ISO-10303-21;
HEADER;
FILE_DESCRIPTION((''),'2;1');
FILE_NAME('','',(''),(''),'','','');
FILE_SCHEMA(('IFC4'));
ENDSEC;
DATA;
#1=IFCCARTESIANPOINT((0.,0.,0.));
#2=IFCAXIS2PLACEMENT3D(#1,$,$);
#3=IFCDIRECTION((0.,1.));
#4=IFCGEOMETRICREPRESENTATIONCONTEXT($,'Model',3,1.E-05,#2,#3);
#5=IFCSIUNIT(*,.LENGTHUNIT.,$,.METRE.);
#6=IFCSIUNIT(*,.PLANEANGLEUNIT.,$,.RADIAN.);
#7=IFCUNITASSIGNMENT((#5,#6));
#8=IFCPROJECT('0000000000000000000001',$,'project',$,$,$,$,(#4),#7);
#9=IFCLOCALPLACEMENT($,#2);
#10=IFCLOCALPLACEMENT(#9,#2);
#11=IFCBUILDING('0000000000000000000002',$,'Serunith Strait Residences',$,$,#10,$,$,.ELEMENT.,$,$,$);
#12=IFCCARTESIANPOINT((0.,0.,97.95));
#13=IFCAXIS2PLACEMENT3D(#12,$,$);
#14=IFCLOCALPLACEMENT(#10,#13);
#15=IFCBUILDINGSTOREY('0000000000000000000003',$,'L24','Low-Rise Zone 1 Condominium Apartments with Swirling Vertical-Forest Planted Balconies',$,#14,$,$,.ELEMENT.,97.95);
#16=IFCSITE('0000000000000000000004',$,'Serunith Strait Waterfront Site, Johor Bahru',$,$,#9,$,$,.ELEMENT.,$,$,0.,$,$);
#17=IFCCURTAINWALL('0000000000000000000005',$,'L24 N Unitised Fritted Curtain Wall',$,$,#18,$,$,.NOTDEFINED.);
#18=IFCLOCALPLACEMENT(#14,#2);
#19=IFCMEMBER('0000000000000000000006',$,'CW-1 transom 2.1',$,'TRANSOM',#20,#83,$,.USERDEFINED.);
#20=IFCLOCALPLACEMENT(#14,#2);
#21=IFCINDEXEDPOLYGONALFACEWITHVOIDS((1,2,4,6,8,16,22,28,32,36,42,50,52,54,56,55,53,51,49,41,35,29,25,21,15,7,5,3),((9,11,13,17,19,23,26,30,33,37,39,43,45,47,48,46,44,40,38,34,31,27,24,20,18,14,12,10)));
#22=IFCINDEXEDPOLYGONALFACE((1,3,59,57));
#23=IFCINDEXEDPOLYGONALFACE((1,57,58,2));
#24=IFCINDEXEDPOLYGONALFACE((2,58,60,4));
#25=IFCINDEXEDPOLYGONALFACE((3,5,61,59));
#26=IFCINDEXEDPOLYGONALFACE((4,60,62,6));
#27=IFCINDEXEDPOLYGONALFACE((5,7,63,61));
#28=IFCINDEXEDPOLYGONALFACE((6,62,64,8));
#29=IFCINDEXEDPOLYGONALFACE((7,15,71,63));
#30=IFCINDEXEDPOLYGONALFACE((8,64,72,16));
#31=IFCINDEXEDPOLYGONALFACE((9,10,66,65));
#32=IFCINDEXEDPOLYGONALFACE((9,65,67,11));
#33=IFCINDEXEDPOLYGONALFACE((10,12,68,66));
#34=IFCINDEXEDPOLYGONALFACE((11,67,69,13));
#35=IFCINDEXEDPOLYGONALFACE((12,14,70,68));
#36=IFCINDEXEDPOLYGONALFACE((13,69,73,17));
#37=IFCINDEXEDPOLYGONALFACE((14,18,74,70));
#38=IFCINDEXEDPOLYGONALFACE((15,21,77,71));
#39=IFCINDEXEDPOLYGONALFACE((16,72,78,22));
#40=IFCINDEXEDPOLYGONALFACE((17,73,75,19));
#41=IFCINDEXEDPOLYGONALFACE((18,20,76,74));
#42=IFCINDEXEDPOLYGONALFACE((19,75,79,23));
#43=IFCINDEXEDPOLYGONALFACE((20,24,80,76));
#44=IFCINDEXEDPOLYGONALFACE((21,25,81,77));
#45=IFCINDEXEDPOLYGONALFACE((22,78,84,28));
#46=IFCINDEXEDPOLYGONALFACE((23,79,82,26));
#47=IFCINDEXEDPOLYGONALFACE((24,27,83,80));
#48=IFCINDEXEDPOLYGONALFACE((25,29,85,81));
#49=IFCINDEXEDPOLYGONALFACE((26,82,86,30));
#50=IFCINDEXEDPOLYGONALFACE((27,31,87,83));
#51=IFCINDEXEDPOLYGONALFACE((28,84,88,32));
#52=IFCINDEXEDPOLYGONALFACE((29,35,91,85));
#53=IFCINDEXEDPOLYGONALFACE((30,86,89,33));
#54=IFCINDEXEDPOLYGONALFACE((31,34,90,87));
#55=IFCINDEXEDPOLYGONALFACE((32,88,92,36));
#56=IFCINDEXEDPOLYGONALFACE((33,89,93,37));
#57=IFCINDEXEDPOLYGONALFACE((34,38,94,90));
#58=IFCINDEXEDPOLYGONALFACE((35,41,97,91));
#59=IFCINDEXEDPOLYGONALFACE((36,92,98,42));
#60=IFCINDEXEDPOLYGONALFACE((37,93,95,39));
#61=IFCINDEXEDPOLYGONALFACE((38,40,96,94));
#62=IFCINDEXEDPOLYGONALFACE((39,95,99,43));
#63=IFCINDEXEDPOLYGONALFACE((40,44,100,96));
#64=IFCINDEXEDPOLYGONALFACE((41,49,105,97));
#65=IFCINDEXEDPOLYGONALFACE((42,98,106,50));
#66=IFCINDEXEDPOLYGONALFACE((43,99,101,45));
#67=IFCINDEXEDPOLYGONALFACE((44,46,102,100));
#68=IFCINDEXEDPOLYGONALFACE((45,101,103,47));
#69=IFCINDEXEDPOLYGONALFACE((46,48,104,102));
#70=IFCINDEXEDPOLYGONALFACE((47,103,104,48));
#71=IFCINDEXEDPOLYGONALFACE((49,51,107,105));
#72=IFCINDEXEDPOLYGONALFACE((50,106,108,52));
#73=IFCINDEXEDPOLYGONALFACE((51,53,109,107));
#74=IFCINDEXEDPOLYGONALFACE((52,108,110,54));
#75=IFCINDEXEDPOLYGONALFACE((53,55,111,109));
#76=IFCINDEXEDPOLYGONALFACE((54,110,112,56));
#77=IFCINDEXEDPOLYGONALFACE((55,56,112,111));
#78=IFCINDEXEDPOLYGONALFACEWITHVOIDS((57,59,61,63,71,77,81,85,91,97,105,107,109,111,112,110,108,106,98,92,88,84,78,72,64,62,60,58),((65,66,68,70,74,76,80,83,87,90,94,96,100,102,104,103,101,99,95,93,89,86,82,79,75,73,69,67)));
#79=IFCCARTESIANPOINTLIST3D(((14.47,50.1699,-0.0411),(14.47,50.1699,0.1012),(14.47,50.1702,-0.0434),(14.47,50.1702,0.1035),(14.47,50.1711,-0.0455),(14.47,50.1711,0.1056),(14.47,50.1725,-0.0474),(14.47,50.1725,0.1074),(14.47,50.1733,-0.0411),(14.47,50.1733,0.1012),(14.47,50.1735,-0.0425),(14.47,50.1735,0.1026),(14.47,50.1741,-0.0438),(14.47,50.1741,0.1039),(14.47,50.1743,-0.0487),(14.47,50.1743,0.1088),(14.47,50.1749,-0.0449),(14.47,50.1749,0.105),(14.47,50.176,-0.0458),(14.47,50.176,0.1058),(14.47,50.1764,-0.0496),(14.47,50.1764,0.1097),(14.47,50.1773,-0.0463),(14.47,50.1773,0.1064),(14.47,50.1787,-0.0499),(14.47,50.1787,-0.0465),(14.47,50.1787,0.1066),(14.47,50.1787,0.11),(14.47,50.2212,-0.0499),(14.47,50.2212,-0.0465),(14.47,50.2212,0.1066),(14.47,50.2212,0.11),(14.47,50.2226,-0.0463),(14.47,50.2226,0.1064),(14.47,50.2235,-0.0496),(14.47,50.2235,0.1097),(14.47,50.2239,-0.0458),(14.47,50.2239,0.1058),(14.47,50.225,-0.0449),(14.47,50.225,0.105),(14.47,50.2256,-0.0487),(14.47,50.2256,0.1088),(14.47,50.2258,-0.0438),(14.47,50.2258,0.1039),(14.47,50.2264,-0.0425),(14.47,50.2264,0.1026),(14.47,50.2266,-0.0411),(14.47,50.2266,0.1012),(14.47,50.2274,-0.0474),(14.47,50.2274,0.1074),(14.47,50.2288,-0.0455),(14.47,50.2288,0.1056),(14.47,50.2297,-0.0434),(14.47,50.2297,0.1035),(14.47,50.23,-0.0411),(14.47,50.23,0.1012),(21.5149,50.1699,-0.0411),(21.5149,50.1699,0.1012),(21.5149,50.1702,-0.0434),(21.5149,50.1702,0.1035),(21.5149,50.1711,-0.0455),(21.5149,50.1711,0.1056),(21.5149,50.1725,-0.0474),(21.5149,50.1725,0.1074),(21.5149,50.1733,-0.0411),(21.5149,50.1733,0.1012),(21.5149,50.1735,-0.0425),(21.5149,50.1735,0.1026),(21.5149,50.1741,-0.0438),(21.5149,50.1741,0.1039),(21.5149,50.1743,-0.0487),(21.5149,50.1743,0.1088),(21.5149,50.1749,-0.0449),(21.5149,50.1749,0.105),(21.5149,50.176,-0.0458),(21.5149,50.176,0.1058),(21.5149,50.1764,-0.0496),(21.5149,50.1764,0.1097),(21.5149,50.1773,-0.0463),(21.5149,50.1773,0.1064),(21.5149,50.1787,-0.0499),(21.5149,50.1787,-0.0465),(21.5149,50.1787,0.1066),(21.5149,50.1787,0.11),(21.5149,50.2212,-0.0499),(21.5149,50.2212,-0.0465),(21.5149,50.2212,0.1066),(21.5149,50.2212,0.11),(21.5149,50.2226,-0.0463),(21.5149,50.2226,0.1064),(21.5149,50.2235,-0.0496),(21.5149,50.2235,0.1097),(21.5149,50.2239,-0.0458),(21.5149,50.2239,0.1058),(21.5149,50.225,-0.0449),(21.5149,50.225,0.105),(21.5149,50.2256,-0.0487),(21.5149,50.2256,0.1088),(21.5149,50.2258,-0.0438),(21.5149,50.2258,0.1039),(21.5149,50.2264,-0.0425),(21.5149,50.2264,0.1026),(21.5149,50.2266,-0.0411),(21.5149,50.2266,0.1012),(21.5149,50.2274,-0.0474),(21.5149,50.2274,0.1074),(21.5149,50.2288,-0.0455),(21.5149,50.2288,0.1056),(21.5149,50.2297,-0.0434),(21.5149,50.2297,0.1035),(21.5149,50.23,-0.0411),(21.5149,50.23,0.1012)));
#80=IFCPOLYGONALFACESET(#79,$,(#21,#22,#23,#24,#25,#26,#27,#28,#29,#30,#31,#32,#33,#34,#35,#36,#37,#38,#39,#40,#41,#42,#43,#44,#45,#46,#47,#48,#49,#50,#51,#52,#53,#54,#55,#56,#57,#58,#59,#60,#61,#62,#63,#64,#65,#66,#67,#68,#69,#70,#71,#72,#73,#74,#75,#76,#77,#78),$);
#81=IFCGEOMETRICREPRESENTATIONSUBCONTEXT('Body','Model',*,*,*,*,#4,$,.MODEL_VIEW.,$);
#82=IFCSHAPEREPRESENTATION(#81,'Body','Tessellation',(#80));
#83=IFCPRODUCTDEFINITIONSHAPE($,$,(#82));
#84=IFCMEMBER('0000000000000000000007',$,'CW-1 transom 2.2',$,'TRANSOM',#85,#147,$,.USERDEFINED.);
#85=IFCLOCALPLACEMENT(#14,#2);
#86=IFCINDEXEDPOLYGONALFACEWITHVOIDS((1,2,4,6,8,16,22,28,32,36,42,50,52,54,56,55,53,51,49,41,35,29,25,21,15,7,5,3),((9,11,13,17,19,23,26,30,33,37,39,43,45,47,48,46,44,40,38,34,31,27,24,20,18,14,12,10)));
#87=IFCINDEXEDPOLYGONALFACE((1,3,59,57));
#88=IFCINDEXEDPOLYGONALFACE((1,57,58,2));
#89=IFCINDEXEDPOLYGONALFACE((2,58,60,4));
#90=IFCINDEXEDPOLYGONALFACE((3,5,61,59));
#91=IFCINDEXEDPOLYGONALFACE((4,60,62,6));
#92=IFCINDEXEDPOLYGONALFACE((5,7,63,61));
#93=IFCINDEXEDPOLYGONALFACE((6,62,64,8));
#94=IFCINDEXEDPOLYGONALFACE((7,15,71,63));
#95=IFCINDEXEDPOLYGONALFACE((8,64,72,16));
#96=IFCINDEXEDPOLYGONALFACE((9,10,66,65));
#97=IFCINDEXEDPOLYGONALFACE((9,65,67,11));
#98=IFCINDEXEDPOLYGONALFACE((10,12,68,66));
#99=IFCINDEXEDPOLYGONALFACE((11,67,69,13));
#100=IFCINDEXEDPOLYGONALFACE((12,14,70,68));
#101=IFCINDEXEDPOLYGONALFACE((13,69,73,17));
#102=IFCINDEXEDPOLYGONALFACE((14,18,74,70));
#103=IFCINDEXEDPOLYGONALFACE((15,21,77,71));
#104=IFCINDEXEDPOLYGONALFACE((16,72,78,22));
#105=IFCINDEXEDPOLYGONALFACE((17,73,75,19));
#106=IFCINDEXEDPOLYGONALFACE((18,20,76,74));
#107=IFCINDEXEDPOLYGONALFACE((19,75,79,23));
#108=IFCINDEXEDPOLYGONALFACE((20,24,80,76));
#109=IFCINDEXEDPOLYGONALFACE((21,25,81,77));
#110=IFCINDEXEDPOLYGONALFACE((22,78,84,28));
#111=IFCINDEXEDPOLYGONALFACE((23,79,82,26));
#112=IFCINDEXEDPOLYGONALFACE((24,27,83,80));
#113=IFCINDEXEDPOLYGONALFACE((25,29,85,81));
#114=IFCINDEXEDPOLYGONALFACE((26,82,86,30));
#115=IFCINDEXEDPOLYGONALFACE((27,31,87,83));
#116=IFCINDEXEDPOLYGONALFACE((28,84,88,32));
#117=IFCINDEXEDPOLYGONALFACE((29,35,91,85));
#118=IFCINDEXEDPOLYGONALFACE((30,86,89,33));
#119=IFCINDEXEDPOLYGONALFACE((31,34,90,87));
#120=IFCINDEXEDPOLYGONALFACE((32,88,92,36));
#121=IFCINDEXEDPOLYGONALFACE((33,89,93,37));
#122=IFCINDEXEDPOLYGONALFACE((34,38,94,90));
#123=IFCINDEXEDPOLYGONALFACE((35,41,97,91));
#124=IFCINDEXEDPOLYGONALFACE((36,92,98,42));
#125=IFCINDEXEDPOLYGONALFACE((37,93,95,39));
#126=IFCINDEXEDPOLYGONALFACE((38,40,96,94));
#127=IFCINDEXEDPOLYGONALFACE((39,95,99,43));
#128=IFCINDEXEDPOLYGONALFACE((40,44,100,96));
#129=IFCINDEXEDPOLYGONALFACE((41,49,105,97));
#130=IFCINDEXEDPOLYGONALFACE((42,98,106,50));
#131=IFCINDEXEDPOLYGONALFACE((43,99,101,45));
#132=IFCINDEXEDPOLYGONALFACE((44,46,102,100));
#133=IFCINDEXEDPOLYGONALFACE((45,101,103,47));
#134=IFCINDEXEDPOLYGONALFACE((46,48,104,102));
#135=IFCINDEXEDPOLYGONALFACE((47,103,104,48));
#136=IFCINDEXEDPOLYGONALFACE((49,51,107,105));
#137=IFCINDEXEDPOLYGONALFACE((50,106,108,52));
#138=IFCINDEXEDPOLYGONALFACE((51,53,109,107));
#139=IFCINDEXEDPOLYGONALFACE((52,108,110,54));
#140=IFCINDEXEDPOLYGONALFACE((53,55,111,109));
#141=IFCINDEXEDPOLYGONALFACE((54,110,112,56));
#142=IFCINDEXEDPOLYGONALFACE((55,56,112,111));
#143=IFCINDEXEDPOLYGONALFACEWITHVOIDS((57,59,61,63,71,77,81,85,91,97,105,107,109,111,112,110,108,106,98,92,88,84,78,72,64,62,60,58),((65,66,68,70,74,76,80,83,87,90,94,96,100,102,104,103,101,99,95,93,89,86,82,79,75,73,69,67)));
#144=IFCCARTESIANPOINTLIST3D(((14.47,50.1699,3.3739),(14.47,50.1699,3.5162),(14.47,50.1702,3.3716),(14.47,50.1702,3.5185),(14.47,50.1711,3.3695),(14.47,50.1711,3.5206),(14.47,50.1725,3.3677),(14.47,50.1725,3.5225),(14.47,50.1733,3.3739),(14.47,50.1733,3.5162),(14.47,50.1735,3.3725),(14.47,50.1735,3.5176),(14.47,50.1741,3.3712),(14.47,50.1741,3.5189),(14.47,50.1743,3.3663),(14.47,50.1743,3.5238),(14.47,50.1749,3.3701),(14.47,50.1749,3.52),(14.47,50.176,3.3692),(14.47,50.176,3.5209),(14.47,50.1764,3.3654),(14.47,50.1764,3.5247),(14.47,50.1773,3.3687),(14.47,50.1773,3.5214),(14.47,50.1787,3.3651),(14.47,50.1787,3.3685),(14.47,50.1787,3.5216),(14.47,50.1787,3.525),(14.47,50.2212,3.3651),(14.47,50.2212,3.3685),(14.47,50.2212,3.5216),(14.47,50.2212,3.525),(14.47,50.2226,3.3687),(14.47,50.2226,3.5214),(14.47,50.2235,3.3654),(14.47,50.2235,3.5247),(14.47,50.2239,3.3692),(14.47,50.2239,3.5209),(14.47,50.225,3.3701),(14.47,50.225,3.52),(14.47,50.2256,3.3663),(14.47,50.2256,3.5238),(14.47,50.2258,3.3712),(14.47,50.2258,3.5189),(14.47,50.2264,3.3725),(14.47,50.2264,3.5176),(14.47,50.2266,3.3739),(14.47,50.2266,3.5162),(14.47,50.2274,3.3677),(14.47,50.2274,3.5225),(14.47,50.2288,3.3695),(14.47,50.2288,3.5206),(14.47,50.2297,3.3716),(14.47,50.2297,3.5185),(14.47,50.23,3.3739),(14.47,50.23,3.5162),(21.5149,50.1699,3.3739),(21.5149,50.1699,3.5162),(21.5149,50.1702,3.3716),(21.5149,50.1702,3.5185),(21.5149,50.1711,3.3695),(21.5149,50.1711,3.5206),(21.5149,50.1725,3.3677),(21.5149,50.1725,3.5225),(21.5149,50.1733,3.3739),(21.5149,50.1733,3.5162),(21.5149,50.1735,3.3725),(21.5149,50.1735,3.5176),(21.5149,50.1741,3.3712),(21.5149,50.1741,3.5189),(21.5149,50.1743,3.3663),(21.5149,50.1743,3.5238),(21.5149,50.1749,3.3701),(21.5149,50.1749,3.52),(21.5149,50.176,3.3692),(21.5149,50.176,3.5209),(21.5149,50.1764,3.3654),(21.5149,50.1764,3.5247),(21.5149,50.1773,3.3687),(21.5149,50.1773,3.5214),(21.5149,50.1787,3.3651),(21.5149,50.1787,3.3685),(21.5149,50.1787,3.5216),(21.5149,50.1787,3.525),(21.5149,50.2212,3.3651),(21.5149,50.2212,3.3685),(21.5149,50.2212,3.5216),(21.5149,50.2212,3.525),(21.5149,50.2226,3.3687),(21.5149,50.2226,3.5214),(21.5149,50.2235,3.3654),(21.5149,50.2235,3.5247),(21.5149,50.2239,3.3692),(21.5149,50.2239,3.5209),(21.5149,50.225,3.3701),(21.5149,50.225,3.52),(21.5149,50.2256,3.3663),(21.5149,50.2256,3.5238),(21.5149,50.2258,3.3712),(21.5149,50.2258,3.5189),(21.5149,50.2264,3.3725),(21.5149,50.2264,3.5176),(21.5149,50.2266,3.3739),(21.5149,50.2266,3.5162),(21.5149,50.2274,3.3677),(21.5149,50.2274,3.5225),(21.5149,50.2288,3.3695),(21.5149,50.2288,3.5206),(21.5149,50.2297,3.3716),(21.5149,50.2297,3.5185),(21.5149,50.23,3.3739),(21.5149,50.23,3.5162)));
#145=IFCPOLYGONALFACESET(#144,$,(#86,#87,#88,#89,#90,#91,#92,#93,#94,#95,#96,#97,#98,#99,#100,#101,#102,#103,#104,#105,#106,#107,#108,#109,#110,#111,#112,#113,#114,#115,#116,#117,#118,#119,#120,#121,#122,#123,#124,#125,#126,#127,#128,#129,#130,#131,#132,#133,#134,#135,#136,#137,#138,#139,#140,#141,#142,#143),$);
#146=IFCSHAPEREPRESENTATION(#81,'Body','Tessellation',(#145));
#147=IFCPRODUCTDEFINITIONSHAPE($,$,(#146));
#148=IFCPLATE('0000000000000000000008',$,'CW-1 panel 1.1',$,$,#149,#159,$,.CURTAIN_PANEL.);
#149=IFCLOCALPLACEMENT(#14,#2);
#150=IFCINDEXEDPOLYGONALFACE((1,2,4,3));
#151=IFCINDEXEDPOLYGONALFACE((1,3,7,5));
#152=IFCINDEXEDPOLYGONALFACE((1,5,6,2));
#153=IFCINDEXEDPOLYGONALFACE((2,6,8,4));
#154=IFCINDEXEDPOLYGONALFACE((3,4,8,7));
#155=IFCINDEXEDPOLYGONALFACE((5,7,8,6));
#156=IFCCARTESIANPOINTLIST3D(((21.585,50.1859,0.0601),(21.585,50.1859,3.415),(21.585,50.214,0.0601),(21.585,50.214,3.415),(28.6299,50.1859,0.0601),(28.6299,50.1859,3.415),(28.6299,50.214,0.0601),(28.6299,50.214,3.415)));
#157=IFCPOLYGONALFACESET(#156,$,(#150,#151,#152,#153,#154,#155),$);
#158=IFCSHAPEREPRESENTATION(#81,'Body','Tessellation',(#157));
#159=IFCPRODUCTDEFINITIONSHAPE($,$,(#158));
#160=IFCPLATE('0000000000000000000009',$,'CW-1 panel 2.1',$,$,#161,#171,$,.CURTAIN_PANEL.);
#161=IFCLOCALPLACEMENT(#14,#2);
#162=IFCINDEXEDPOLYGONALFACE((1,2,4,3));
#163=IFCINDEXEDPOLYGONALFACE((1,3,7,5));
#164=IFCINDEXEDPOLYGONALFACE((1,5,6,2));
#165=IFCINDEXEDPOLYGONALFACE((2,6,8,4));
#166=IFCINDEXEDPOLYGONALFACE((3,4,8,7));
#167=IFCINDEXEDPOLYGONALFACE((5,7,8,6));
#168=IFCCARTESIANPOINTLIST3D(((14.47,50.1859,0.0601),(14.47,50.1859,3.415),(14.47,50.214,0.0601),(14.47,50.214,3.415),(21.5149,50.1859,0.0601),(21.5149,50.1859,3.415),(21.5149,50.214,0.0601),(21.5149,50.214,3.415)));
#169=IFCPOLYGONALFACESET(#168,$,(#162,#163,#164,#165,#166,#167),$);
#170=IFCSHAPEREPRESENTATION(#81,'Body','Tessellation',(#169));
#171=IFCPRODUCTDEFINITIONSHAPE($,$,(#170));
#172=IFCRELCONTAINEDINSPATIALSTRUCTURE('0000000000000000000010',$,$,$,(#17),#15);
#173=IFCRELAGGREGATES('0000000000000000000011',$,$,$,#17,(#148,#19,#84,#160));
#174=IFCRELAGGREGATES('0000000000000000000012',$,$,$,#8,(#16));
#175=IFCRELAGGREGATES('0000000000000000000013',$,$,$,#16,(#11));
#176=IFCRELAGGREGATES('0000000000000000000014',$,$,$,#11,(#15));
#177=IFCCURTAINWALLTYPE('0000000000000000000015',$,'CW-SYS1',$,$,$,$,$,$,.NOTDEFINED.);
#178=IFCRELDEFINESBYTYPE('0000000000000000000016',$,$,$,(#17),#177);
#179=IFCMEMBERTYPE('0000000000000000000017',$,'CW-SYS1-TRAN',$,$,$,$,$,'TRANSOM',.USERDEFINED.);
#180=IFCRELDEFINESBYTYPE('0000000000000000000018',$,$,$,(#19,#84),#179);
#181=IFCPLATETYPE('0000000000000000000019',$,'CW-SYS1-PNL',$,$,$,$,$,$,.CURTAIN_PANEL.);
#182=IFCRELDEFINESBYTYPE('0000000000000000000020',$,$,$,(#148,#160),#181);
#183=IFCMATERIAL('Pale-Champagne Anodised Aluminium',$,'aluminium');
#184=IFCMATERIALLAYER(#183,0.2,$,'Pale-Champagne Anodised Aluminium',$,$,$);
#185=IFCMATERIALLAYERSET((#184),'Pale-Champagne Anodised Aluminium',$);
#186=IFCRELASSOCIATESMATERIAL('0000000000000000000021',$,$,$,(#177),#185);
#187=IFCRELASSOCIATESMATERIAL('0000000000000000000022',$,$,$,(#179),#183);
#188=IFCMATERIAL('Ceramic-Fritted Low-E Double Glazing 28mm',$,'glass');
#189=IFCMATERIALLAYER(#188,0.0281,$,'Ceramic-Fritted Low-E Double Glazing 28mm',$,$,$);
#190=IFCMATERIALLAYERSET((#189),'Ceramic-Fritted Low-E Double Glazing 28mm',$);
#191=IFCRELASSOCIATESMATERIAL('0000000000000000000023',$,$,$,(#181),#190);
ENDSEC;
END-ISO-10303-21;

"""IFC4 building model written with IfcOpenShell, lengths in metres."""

from ifc_helpers import new_model, si_unit, direction, frame, origin, origin_2d, place, context, subcontext, project, spatial, rectangle, hollow_rectangle, extrude, source, transform, mapped, material, layer, layer_set, material_profile, profile_set, type_object, element, aggregate, save


model = new_model("IFC4")

# Units and contexts
model_context = context("Model", 3, precision=1e-05, world=origin(), true_north=direction((0.0, 1.0)))
body_context = subcontext(model_context, "Body", "Model", "MODEL_VIEW")
ifc_project = project(units=[si_unit("LENGTHUNIT", "METRE"), si_unit("PLANEANGLEUNIT", "RADIAN")], contexts=[model_context])

# Site, building, storey
site_placement = place(None, origin())
site = spatial("IfcSite", under=ifc_project, at=site_placement, Name="Serunith Strait Waterfront Site, Johor Bahru", CompositionType="ELEMENT", RefElevation=0.0)
building_placement = place(site_placement, origin())
building = spatial("IfcBuilding", under=site, at=building_placement, Name="Serunith Strait Residences", CompositionType="ELEMENT")
storey_placement = place(building_placement, frame((0.0, 0.0, 97.95)))
storey = spatial("IfcBuildingStorey", under=building, at=storey_placement, Name="L24", Description="Low-Rise Zone 1 Condominium Apartments with Swirling Vertical-Forest Planted Balconies", CompositionType="ELEMENT", Elevation=97.95)

# Curtain wall, members, plates
ifc_material_1 = material(Name="Pale-Champagne Anodised Aluminium", Category="aluminium")
ifc_layer_1 = layer(ifc_material_1, 0.2, Name="Pale-Champagne Anodised Aluminium")
ifc_layer_set_1 = layer_set([ifc_layer_1], Name="Pale-Champagne Anodised Aluminium")
curtain_wall_type = type_object("IfcCurtainWallType", Name="CW-SYS1", PredefinedType="NOTDEFINED", material=ifc_layer_set_1)
curtain_wall_placement = place(storey_placement, origin())
curtain_wall = element("IfcCurtainWall", 1, at=curtain_wall_placement, inside=storey, type_object=curtain_wall_type, Name="L24 N Unitised Fritted Curtain Wall", PredefinedType="NOTDEFINED")
ifc_material_profile_1 = material_profile(ifc_material_1, hollow_rectangle(XDim=0.0601, YDim=0.1599, WallThickness=0.0034, InnerFilletRadius=0.0054, OuterFilletRadius=0.0088, at=origin_2d()), Name="ALU 160x60x3.5")
ifc_profile_set_1 = profile_set([ifc_material_profile_1], Name="Pale-Champagne Anodised Aluminium")
member_type_1 = type_object("IfcMemberType", Name="CW-SYS1-TRAN", ElementType="TRANSOM", PredefinedType="USERDEFINED", material=ifc_profile_set_1)
shared_shape_1 = source(origin(), body_context, "Body", "SweptSolid", [
    extrude(hollow_rectangle(XDim=0.0601, YDim=0.1599, WallThickness=0.0034, InnerFilletRadius=0.0054, OuterFilletRadius=0.0088, at=origin_2d()), origin(), (0.0, 0.0, 1.0), 7.0449),
])
member_1_placement = place(storey_placement, frame((21.5149, 50.2, 0.03), z_axis=(-1.0, 0.0, 0.0), x_axis=(0.0, -1.0, 0.0)))
member_1 = element("IfcMember", 2, at=member_1_placement, type_object=member_type_1, Name="CW-1 transom 2.1", ObjectType="TRANSOM", PredefinedType="USERDEFINED", context=body_context, shape_type="MappedRepresentation", body=[
    mapped(shared_shape_1, transform((0.0, 0.0, 0.0), scale=1.0)),
])
member_2_placement = place(storey_placement, frame((21.5149, 50.2, 3.4451), z_axis=(-1.0, 0.0, 0.0), x_axis=(0.0, -1.0, 0.0)))
member_2 = element("IfcMember", 3, at=member_2_placement, type_object=member_type_1, Name="CW-1 transom 2.2", ObjectType="TRANSOM", PredefinedType="USERDEFINED", context=body_context, shape_type="MappedRepresentation", body=[
    mapped(shared_shape_1, transform((0.0, 0.0, 0.0), scale=1.0)),
])
ifc_material_2 = material(Name="Ceramic-Fritted Low-E Double Glazing 28mm", Category="glass")
ifc_layer_2 = layer(ifc_material_2, 0.0281, Name="Ceramic-Fritted Low-E Double Glazing 28mm")
ifc_layer_set_2 = layer_set([ifc_layer_2], Name="Ceramic-Fritted Low-E Double Glazing 28mm")
plate_type = type_object("IfcPlateType", Name="CW-SYS1-PNL", PredefinedType="CURTAIN_PANEL", material=ifc_layer_set_2)
shared_shape_2 = source(origin(), body_context, "Body", "SweptSolid", [
    extrude(rectangle(XDim=7.0449, YDim=0.0281, at=origin_2d()), origin(), (0.0, 0.0, 1.0), 3.355),
])
plate_1_placement = place(storey_placement, frame((25.1074, 50.2, 0.0601), z_axis=(0.0, 0.0, 1.0), x_axis=(-1.0, 0.0, 0.0)))
plate_1 = element("IfcPlate", 4, at=plate_1_placement, type_object=plate_type, Name="CW-1 panel 1.1", PredefinedType="CURTAIN_PANEL", context=body_context, shape_type="MappedRepresentation", body=[
    mapped(shared_shape_2, transform((0.0, 0.0, 0.0), scale=1.0)),
])
plate_2_placement = place(storey_placement, frame((17.9924, 50.2, 0.0601), z_axis=(0.0, 0.0, 1.0), x_axis=(-1.0, 0.0, 0.0)))
plate_2 = element("IfcPlate", 5, at=plate_2_placement, type_object=plate_type, Name="CW-1 panel 2.1", PredefinedType="CURTAIN_PANEL", context=body_context, shape_type="MappedRepresentation", body=[
    mapped(shared_shape_2, transform((0.0, 0.0, 0.0), scale=1.0)),
])
aggregate(curtain_wall, [plate_1, member_1, member_2, plate_2])

save(model, "model.ifc")
